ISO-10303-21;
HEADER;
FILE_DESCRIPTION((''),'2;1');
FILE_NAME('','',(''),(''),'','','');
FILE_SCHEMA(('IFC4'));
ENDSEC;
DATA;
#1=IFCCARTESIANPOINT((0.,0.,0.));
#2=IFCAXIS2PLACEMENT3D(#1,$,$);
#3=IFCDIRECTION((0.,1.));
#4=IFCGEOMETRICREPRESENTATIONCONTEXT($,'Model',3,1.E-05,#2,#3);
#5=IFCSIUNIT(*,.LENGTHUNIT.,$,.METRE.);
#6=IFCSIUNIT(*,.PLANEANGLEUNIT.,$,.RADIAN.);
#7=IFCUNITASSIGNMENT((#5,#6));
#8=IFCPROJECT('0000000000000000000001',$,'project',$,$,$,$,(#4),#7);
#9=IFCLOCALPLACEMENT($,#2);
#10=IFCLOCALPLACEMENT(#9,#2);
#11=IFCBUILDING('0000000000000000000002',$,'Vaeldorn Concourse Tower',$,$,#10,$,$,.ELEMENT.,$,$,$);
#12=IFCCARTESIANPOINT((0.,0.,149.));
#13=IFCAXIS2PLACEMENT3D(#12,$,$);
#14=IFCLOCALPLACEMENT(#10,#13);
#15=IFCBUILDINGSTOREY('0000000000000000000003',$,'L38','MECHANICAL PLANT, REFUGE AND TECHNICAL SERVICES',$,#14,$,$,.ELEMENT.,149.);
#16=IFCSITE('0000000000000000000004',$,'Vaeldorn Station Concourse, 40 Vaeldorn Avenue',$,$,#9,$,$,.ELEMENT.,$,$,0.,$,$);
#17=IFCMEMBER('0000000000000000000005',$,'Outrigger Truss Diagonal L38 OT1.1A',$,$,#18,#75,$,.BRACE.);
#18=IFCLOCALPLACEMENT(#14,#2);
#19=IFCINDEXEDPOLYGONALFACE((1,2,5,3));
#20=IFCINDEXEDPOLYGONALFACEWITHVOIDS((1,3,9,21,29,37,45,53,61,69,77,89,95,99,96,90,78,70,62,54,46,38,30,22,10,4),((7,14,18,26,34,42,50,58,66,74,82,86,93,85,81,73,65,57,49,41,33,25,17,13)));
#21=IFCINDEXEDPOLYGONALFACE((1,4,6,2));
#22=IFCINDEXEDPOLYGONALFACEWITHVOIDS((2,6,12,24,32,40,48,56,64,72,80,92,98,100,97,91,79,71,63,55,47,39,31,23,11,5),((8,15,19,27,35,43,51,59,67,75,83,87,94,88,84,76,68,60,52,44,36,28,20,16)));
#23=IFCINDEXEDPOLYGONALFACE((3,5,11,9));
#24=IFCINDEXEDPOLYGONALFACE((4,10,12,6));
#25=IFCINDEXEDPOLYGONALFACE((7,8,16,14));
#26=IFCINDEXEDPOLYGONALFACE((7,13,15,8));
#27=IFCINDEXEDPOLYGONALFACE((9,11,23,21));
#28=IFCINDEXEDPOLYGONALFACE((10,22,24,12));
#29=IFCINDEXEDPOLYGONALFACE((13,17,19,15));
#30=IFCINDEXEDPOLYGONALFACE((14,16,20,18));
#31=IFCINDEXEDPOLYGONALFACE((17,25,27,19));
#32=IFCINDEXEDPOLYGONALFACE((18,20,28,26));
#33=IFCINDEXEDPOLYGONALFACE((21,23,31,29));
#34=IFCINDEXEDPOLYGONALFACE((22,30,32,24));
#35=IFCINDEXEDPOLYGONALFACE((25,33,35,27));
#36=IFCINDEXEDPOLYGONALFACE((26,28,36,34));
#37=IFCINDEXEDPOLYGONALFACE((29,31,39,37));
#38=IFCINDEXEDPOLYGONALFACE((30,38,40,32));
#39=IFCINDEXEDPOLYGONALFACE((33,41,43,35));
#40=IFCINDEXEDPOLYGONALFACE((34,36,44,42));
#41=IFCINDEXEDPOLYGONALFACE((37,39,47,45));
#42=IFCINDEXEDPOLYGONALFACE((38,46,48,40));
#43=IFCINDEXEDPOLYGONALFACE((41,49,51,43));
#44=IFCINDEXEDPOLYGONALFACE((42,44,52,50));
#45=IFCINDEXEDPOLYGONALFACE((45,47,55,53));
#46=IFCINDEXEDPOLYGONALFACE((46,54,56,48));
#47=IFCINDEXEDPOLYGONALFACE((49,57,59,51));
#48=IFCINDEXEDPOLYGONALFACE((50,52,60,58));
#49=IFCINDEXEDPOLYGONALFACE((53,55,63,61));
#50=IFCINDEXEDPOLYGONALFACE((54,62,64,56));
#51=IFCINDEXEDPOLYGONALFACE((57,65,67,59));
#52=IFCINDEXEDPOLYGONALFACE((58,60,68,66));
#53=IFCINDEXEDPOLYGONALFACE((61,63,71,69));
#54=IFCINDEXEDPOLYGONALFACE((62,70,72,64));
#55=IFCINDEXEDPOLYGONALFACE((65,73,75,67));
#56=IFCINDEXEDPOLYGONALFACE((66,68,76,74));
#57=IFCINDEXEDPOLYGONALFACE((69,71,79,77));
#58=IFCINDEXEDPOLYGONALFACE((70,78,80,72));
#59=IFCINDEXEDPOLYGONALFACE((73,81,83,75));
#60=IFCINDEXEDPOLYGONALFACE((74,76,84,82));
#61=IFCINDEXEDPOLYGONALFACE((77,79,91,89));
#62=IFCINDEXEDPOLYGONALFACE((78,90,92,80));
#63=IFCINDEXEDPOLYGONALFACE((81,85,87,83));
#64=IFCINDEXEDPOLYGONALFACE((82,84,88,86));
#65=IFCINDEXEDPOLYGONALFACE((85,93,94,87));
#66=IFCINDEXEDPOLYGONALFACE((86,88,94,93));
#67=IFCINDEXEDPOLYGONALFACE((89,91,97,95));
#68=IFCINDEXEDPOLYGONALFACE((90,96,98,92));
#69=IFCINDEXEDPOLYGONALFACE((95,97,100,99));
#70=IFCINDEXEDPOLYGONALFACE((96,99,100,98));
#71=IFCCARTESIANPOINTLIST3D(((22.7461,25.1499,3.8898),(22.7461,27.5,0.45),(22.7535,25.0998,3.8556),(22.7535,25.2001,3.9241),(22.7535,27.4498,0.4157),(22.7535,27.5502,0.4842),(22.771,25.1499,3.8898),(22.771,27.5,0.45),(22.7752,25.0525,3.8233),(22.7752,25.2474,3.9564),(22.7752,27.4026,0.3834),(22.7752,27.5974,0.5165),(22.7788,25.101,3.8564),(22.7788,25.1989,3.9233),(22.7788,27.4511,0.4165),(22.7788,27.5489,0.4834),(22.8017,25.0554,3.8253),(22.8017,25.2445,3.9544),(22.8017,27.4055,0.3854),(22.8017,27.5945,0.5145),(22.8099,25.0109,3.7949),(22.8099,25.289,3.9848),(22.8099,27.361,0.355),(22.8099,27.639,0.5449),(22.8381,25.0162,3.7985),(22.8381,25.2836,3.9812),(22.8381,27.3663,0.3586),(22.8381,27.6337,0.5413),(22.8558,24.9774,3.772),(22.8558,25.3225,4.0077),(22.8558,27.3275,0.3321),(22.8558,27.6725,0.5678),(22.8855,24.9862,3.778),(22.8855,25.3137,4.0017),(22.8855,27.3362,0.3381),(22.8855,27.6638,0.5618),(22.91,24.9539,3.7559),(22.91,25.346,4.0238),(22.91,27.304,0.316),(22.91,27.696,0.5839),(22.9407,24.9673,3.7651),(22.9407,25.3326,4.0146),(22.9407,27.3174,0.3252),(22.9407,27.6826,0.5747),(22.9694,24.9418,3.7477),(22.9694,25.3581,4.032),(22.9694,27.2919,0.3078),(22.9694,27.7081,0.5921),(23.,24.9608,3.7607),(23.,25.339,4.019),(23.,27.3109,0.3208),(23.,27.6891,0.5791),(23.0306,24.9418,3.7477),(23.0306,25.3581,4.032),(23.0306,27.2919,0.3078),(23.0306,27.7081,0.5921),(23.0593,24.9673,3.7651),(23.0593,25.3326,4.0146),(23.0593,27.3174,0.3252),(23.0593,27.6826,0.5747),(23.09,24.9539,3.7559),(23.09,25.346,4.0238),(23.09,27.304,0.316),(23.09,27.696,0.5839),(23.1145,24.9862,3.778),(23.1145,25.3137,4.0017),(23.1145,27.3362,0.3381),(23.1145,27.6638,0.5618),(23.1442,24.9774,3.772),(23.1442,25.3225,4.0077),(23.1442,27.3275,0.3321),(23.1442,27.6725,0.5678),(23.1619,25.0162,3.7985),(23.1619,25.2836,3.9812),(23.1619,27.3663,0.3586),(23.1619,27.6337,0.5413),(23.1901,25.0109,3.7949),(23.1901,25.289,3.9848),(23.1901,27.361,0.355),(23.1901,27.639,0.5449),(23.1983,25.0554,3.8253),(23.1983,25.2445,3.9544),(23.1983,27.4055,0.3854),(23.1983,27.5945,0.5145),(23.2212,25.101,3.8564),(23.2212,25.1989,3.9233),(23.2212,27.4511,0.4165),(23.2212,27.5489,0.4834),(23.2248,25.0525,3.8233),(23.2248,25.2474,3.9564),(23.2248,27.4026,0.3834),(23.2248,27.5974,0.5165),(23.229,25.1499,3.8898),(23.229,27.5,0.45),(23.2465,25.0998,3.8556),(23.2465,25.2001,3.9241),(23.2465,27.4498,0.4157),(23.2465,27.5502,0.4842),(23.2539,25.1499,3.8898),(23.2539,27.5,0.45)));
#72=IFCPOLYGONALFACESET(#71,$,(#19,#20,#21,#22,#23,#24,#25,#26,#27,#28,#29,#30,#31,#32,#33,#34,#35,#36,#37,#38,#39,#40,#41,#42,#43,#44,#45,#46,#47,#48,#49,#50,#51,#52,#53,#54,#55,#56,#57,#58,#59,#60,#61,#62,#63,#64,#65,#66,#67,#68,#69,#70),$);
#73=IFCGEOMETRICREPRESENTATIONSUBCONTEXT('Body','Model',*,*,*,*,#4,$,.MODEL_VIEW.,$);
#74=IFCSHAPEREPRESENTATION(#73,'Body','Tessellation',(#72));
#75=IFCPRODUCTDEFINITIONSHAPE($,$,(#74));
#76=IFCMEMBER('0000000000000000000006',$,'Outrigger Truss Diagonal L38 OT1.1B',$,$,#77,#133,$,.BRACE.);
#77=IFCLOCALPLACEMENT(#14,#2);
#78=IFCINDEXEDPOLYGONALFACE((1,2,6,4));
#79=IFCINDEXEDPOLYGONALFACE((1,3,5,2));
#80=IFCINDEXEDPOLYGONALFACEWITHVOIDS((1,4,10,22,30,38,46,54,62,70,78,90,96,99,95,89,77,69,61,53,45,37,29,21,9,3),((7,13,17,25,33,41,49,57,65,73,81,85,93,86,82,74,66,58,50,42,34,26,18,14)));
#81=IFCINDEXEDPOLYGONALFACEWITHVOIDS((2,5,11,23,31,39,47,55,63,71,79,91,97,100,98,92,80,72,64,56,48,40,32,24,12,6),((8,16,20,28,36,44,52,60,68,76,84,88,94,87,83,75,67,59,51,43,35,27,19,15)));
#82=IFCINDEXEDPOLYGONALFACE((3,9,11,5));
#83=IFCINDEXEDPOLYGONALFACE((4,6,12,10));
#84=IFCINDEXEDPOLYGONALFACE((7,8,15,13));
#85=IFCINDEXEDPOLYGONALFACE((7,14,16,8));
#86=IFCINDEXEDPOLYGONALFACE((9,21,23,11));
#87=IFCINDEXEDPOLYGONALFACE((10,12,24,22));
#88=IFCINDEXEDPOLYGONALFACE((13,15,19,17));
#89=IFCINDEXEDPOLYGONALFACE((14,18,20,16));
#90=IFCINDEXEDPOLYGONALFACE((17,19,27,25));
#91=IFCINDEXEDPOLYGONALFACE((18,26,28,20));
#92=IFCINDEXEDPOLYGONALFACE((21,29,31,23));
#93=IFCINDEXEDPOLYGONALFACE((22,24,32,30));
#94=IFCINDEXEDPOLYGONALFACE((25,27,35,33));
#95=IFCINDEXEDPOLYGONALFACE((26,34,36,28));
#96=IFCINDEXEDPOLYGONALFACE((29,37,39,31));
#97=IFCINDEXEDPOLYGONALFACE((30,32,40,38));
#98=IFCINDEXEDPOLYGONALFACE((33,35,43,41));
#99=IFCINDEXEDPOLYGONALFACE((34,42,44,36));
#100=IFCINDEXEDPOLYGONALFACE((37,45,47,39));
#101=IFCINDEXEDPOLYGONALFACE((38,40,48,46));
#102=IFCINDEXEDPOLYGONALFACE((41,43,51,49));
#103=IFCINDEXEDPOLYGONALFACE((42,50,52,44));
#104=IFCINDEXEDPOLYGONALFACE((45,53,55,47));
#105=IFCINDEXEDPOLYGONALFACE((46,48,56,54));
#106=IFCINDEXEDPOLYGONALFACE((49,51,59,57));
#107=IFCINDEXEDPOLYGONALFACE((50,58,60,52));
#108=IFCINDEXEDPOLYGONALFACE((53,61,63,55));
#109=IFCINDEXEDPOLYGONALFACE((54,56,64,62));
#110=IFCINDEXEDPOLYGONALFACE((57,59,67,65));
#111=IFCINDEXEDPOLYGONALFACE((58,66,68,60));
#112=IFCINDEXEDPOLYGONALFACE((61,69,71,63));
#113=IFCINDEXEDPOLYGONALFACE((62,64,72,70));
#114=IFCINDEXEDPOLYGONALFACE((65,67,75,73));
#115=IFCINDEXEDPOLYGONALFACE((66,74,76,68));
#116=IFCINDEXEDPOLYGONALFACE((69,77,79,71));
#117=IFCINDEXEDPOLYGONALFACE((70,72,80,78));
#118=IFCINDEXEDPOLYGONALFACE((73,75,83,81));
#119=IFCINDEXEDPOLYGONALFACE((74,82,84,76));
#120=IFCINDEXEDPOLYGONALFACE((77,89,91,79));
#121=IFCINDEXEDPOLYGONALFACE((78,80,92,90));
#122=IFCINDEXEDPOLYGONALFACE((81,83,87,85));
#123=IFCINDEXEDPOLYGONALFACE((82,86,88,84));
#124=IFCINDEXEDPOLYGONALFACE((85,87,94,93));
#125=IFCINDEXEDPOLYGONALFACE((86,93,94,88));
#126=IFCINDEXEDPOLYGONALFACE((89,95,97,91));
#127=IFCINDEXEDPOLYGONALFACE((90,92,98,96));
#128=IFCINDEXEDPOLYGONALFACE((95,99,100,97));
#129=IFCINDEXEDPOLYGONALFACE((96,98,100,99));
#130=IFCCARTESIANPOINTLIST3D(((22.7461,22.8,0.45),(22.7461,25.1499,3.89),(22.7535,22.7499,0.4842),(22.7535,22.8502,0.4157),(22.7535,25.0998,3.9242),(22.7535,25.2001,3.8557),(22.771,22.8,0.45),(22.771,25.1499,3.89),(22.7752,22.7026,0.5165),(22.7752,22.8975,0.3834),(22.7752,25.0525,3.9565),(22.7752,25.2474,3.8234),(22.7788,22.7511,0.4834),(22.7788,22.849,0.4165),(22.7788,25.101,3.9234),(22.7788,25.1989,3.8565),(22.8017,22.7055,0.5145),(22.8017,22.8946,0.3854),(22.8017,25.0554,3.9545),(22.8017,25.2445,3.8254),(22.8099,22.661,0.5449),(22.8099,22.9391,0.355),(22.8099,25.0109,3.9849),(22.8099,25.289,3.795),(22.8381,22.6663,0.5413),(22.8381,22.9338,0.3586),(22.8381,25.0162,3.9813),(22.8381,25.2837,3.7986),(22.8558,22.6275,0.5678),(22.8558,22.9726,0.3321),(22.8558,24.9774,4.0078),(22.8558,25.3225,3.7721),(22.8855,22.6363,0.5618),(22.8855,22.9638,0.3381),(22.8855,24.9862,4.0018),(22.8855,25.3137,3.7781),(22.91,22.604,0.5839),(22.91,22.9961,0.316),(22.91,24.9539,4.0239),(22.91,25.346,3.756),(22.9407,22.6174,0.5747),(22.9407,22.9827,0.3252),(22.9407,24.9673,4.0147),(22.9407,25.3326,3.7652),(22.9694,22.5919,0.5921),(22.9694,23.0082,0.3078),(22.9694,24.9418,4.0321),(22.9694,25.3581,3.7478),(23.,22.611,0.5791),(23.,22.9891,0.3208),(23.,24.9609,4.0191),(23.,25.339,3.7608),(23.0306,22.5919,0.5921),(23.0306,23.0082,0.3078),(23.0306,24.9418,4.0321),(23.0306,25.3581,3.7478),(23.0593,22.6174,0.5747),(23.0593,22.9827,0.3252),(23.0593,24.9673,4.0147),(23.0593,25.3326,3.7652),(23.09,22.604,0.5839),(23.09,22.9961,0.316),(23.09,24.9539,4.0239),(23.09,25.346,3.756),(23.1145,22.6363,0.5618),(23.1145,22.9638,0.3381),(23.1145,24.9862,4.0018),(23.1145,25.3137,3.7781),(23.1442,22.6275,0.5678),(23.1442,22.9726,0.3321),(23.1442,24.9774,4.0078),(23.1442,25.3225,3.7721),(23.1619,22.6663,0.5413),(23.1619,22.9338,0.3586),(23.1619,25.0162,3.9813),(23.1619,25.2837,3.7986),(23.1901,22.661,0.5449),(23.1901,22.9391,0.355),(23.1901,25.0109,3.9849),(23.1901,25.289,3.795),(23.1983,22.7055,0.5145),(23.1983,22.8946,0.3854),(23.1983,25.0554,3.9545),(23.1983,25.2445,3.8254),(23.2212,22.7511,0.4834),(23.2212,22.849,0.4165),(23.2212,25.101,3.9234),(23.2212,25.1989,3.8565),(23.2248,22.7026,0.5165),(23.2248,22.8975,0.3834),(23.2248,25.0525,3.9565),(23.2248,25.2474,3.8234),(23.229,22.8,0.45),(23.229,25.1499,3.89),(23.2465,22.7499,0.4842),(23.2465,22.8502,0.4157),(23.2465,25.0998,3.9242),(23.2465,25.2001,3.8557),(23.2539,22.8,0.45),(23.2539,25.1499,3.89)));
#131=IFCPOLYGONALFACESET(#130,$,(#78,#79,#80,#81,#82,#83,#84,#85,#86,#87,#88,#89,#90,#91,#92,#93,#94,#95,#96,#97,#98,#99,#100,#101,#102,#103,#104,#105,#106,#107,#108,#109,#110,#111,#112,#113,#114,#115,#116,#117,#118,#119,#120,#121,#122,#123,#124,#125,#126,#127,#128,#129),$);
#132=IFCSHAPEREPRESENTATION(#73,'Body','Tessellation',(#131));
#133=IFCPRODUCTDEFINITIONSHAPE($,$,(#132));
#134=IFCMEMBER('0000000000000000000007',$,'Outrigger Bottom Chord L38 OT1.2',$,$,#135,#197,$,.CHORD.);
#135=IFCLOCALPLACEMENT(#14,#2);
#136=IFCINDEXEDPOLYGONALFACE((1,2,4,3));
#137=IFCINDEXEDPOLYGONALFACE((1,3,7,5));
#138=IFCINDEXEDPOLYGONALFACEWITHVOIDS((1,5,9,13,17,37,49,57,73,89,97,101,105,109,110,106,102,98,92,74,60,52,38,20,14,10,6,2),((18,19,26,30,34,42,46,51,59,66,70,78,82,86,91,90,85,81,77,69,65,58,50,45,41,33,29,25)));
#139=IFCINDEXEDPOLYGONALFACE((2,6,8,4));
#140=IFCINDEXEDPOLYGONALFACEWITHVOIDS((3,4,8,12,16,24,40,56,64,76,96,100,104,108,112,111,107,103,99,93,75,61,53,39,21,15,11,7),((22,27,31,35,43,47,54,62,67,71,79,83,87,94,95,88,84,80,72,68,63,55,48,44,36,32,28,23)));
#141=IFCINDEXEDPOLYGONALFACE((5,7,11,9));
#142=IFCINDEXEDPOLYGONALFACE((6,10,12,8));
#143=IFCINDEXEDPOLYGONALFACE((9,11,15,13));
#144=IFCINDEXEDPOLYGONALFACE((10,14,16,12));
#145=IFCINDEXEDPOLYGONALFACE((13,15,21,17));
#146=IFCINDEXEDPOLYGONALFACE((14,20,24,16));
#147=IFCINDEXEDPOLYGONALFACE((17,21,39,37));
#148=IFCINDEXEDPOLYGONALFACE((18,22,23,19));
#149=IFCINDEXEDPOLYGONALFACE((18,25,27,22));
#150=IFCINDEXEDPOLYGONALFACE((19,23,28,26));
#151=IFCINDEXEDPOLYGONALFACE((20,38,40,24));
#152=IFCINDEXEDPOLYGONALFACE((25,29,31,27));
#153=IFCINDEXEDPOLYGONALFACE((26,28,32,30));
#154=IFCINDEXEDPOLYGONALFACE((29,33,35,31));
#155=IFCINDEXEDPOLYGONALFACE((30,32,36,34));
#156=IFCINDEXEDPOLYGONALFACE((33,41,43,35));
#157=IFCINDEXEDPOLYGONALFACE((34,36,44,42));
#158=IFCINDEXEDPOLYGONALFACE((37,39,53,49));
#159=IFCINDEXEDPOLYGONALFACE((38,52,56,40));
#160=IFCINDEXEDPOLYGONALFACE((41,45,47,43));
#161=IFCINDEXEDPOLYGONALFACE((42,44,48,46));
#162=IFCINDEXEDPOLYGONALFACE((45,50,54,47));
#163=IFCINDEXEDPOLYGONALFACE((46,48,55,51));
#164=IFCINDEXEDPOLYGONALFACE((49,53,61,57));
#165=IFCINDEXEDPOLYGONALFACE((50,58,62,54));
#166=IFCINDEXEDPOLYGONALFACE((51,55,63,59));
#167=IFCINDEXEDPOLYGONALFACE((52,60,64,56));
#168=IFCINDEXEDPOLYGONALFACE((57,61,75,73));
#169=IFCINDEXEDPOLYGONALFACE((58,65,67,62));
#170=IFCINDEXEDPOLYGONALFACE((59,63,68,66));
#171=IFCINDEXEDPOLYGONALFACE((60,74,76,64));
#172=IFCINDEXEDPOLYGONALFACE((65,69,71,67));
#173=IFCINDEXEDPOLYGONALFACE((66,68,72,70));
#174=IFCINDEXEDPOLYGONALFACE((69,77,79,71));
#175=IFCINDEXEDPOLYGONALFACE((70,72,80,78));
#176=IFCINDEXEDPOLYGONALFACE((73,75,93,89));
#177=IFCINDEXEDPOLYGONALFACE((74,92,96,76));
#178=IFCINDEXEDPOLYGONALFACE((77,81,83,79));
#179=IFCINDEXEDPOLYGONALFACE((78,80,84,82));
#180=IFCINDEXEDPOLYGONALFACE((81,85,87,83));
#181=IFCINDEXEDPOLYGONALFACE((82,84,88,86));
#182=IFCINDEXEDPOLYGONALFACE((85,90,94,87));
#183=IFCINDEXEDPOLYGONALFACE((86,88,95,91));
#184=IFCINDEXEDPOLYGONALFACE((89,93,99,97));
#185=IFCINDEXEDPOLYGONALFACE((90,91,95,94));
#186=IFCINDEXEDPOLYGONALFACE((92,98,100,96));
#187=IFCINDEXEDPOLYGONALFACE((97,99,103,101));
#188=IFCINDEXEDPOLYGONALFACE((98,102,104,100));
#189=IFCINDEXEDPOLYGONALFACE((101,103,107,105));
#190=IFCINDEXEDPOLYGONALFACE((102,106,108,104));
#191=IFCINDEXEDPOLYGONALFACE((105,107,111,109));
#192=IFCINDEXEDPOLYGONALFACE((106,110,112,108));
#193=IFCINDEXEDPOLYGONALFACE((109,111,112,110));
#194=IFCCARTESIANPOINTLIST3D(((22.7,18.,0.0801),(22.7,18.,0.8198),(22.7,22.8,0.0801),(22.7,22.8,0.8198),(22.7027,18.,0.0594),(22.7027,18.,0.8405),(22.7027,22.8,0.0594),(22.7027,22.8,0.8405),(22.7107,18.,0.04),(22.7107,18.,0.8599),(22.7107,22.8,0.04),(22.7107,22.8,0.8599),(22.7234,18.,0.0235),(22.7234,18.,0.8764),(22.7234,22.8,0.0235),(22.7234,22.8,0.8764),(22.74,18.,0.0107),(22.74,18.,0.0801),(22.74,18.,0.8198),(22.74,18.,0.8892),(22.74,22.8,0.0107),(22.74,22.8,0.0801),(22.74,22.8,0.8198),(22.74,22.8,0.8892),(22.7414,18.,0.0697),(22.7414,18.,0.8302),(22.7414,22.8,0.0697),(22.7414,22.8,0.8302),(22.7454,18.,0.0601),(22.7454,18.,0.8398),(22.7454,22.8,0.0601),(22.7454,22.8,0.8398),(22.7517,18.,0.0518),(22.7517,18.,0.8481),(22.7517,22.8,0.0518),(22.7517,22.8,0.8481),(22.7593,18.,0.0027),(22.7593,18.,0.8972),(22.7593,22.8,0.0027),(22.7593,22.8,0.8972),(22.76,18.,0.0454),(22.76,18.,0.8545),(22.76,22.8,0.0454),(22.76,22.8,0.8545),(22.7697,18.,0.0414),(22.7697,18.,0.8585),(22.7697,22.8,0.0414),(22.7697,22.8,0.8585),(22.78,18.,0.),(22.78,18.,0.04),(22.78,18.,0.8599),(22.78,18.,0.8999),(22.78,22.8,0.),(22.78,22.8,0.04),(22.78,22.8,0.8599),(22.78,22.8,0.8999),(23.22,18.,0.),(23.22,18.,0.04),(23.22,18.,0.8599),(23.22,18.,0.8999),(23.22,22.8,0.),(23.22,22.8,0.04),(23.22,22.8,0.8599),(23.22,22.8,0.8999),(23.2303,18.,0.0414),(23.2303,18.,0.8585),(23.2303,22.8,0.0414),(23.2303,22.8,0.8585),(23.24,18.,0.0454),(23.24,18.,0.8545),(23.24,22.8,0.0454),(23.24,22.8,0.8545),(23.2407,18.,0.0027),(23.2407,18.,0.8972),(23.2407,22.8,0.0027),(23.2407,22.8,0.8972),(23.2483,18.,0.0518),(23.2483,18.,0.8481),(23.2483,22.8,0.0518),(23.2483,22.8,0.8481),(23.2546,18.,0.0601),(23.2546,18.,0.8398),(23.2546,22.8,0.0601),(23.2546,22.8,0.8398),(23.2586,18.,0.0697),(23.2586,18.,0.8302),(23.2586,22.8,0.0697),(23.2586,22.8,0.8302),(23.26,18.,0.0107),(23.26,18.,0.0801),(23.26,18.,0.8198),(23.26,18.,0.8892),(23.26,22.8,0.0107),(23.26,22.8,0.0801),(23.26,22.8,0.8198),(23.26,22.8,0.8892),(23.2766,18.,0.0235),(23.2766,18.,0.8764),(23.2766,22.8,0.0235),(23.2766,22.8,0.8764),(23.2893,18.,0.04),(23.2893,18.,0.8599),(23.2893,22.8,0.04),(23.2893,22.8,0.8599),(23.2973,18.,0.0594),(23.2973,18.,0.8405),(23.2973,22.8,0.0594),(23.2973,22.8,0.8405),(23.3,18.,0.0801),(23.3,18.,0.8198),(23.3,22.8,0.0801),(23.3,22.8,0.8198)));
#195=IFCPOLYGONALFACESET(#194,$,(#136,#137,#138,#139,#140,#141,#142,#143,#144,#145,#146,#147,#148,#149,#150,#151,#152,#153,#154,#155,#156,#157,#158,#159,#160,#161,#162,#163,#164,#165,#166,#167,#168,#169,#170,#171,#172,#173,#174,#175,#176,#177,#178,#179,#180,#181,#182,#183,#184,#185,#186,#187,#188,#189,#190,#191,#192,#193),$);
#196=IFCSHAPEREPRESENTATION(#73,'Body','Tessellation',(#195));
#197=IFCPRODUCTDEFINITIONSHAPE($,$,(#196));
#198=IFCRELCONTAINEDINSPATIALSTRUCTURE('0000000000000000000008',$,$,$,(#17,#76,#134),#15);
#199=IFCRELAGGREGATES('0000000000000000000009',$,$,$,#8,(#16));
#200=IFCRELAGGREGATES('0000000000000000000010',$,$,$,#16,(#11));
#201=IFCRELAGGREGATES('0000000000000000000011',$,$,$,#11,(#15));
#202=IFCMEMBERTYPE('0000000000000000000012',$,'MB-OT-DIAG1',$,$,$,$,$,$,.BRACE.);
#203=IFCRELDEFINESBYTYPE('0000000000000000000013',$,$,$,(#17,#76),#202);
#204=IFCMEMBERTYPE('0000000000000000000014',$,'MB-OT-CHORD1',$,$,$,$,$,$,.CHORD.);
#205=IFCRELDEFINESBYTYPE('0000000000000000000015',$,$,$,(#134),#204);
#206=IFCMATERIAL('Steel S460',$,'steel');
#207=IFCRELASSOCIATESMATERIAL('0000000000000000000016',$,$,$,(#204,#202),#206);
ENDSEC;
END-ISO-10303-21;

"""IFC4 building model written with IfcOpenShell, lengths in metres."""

from ifc_helpers import new_model, si_unit, direction, frame, origin, origin_2d, place, context, subcontext, project, spatial, hollow_rectangle, hollow_circle, extrude, source, transform, mapped, material, material_profile, profile_set, type_object, element, save


model = new_model("IFC4")

# Units and contexts
model_context = context("Model", 3, precision=1e-05, world=origin(), true_north=direction((0.0, 1.0)))
body_context = subcontext(model_context, "Body", "Model", "MODEL_VIEW")
ifc_project = project(units=[si_unit("LENGTHUNIT", "METRE"), si_unit("PLANEANGLEUNIT", "RADIAN")], contexts=[model_context])

# Site, building, storey
site_placement = place(None, origin())
site = spatial("IfcSite", under=ifc_project, at=site_placement, Name="Vaeldorn Station Concourse, 40 Vaeldorn Avenue", CompositionType="ELEMENT", RefElevation=0.0)
building_placement = place(site_placement, origin())
building = spatial("IfcBuilding", under=site, at=building_placement, Name="Vaeldorn Concourse Tower", CompositionType="ELEMENT")
storey_placement = place(building_placement, frame((0.0, 0.0, 149.0)))
storey = spatial("IfcBuildingStorey", under=building, at=storey_placement, Name="L38", Description="MECHANICAL PLANT, REFUGE AND TECHNICAL SERVICES", CompositionType="ELEMENT", Elevation=149.0)

# Shared definitions
ifc_material_1 = material(Name="Steel S460", Category="steel")

# Members
ifc_material_profile_1 = material_profile(ifc_material_1, hollow_rectangle(XDim=0.6001, YDim=0.8999, WallThickness=0.04, InnerFilletRadius=0.04, OuterFilletRadius=0.0801, at=origin_2d()), Name="RHS 900x600x40")
ifc_profile_set_1 = profile_set([ifc_material_profile_1], Name="Steel S460")
member_type_1 = type_object("IfcMemberType", Name="MB-OT-CHORD1", PredefinedType="CHORD", material=ifc_profile_set_1)
ifc_material_profile_2 = material_profile(ifc_material_1, hollow_circle(Radius=0.2539, WallThickness=0.0249, at=origin_2d()), Name="CHS 508x25")
ifc_profile_set_2 = profile_set([ifc_material_profile_2], Name="Steel S460")
member_type_2 = type_object("IfcMemberType", Name="MB-OT-DIAG1", PredefinedType="BRACE", material=ifc_profile_set_2)
shared_shape_1 = source(origin(), body_context, "Body", "SweptSolid", [
    extrude(hollow_circle(Radius=0.2539, WallThickness=0.0249, at=origin_2d()), origin(), (0.0, 0.0, 1.0), 4.166),
])
for number, where, z_axis, x_axis, name in (
    (1, (23.0, 27.5, 0.45), (0.0, -0.564104, 0.825704), (1.0, 0.0, 0.0), "Outrigger Truss Diagonal L38 OT1.1A"),
    (2, (23.0, 22.8, 0.45), (0.0, 0.564064, 0.825731), (-1.0, 0.0, 0.0), "Outrigger Truss Diagonal L38 OT1.1B"),
):
    element("IfcMember", number, at=place(storey_placement, frame(where, z_axis=z_axis, x_axis=x_axis)), inside=storey, type_object=member_type_2, Name=name, PredefinedType="BRACE", context=body_context, shape_type="MappedRepresentation", body=[
        mapped(shared_shape_1, transform((0.0, 0.0, 0.0), scale=1.0)),
    ])
shared_shape_2 = source(origin(), body_context, "Body", "SweptSolid", [
    extrude(hollow_rectangle(XDim=0.6001, YDim=0.8999, WallThickness=0.04, InnerFilletRadius=0.04, OuterFilletRadius=0.0801, at=origin_2d()), origin(), (0.0, 0.0, 1.0), 4.8),
])
member_1_placement = place(storey_placement, frame((23.0, 22.8, 0.45), z_axis=(0.0, -1.0, 0.0), x_axis=(1.0, 0.0, 0.0)))
element("IfcMember", 3, at=member_1_placement, inside=storey, type_object=member_type_1, Name="Outrigger Bottom Chord L38 OT1.2", PredefinedType="CHORD", context=body_context, shape_type="MappedRepresentation", body=[
    mapped(shared_shape_2, transform((0.0, 0.0, 0.0), scale=1.0)),
])

save(model, "model.ifc")
